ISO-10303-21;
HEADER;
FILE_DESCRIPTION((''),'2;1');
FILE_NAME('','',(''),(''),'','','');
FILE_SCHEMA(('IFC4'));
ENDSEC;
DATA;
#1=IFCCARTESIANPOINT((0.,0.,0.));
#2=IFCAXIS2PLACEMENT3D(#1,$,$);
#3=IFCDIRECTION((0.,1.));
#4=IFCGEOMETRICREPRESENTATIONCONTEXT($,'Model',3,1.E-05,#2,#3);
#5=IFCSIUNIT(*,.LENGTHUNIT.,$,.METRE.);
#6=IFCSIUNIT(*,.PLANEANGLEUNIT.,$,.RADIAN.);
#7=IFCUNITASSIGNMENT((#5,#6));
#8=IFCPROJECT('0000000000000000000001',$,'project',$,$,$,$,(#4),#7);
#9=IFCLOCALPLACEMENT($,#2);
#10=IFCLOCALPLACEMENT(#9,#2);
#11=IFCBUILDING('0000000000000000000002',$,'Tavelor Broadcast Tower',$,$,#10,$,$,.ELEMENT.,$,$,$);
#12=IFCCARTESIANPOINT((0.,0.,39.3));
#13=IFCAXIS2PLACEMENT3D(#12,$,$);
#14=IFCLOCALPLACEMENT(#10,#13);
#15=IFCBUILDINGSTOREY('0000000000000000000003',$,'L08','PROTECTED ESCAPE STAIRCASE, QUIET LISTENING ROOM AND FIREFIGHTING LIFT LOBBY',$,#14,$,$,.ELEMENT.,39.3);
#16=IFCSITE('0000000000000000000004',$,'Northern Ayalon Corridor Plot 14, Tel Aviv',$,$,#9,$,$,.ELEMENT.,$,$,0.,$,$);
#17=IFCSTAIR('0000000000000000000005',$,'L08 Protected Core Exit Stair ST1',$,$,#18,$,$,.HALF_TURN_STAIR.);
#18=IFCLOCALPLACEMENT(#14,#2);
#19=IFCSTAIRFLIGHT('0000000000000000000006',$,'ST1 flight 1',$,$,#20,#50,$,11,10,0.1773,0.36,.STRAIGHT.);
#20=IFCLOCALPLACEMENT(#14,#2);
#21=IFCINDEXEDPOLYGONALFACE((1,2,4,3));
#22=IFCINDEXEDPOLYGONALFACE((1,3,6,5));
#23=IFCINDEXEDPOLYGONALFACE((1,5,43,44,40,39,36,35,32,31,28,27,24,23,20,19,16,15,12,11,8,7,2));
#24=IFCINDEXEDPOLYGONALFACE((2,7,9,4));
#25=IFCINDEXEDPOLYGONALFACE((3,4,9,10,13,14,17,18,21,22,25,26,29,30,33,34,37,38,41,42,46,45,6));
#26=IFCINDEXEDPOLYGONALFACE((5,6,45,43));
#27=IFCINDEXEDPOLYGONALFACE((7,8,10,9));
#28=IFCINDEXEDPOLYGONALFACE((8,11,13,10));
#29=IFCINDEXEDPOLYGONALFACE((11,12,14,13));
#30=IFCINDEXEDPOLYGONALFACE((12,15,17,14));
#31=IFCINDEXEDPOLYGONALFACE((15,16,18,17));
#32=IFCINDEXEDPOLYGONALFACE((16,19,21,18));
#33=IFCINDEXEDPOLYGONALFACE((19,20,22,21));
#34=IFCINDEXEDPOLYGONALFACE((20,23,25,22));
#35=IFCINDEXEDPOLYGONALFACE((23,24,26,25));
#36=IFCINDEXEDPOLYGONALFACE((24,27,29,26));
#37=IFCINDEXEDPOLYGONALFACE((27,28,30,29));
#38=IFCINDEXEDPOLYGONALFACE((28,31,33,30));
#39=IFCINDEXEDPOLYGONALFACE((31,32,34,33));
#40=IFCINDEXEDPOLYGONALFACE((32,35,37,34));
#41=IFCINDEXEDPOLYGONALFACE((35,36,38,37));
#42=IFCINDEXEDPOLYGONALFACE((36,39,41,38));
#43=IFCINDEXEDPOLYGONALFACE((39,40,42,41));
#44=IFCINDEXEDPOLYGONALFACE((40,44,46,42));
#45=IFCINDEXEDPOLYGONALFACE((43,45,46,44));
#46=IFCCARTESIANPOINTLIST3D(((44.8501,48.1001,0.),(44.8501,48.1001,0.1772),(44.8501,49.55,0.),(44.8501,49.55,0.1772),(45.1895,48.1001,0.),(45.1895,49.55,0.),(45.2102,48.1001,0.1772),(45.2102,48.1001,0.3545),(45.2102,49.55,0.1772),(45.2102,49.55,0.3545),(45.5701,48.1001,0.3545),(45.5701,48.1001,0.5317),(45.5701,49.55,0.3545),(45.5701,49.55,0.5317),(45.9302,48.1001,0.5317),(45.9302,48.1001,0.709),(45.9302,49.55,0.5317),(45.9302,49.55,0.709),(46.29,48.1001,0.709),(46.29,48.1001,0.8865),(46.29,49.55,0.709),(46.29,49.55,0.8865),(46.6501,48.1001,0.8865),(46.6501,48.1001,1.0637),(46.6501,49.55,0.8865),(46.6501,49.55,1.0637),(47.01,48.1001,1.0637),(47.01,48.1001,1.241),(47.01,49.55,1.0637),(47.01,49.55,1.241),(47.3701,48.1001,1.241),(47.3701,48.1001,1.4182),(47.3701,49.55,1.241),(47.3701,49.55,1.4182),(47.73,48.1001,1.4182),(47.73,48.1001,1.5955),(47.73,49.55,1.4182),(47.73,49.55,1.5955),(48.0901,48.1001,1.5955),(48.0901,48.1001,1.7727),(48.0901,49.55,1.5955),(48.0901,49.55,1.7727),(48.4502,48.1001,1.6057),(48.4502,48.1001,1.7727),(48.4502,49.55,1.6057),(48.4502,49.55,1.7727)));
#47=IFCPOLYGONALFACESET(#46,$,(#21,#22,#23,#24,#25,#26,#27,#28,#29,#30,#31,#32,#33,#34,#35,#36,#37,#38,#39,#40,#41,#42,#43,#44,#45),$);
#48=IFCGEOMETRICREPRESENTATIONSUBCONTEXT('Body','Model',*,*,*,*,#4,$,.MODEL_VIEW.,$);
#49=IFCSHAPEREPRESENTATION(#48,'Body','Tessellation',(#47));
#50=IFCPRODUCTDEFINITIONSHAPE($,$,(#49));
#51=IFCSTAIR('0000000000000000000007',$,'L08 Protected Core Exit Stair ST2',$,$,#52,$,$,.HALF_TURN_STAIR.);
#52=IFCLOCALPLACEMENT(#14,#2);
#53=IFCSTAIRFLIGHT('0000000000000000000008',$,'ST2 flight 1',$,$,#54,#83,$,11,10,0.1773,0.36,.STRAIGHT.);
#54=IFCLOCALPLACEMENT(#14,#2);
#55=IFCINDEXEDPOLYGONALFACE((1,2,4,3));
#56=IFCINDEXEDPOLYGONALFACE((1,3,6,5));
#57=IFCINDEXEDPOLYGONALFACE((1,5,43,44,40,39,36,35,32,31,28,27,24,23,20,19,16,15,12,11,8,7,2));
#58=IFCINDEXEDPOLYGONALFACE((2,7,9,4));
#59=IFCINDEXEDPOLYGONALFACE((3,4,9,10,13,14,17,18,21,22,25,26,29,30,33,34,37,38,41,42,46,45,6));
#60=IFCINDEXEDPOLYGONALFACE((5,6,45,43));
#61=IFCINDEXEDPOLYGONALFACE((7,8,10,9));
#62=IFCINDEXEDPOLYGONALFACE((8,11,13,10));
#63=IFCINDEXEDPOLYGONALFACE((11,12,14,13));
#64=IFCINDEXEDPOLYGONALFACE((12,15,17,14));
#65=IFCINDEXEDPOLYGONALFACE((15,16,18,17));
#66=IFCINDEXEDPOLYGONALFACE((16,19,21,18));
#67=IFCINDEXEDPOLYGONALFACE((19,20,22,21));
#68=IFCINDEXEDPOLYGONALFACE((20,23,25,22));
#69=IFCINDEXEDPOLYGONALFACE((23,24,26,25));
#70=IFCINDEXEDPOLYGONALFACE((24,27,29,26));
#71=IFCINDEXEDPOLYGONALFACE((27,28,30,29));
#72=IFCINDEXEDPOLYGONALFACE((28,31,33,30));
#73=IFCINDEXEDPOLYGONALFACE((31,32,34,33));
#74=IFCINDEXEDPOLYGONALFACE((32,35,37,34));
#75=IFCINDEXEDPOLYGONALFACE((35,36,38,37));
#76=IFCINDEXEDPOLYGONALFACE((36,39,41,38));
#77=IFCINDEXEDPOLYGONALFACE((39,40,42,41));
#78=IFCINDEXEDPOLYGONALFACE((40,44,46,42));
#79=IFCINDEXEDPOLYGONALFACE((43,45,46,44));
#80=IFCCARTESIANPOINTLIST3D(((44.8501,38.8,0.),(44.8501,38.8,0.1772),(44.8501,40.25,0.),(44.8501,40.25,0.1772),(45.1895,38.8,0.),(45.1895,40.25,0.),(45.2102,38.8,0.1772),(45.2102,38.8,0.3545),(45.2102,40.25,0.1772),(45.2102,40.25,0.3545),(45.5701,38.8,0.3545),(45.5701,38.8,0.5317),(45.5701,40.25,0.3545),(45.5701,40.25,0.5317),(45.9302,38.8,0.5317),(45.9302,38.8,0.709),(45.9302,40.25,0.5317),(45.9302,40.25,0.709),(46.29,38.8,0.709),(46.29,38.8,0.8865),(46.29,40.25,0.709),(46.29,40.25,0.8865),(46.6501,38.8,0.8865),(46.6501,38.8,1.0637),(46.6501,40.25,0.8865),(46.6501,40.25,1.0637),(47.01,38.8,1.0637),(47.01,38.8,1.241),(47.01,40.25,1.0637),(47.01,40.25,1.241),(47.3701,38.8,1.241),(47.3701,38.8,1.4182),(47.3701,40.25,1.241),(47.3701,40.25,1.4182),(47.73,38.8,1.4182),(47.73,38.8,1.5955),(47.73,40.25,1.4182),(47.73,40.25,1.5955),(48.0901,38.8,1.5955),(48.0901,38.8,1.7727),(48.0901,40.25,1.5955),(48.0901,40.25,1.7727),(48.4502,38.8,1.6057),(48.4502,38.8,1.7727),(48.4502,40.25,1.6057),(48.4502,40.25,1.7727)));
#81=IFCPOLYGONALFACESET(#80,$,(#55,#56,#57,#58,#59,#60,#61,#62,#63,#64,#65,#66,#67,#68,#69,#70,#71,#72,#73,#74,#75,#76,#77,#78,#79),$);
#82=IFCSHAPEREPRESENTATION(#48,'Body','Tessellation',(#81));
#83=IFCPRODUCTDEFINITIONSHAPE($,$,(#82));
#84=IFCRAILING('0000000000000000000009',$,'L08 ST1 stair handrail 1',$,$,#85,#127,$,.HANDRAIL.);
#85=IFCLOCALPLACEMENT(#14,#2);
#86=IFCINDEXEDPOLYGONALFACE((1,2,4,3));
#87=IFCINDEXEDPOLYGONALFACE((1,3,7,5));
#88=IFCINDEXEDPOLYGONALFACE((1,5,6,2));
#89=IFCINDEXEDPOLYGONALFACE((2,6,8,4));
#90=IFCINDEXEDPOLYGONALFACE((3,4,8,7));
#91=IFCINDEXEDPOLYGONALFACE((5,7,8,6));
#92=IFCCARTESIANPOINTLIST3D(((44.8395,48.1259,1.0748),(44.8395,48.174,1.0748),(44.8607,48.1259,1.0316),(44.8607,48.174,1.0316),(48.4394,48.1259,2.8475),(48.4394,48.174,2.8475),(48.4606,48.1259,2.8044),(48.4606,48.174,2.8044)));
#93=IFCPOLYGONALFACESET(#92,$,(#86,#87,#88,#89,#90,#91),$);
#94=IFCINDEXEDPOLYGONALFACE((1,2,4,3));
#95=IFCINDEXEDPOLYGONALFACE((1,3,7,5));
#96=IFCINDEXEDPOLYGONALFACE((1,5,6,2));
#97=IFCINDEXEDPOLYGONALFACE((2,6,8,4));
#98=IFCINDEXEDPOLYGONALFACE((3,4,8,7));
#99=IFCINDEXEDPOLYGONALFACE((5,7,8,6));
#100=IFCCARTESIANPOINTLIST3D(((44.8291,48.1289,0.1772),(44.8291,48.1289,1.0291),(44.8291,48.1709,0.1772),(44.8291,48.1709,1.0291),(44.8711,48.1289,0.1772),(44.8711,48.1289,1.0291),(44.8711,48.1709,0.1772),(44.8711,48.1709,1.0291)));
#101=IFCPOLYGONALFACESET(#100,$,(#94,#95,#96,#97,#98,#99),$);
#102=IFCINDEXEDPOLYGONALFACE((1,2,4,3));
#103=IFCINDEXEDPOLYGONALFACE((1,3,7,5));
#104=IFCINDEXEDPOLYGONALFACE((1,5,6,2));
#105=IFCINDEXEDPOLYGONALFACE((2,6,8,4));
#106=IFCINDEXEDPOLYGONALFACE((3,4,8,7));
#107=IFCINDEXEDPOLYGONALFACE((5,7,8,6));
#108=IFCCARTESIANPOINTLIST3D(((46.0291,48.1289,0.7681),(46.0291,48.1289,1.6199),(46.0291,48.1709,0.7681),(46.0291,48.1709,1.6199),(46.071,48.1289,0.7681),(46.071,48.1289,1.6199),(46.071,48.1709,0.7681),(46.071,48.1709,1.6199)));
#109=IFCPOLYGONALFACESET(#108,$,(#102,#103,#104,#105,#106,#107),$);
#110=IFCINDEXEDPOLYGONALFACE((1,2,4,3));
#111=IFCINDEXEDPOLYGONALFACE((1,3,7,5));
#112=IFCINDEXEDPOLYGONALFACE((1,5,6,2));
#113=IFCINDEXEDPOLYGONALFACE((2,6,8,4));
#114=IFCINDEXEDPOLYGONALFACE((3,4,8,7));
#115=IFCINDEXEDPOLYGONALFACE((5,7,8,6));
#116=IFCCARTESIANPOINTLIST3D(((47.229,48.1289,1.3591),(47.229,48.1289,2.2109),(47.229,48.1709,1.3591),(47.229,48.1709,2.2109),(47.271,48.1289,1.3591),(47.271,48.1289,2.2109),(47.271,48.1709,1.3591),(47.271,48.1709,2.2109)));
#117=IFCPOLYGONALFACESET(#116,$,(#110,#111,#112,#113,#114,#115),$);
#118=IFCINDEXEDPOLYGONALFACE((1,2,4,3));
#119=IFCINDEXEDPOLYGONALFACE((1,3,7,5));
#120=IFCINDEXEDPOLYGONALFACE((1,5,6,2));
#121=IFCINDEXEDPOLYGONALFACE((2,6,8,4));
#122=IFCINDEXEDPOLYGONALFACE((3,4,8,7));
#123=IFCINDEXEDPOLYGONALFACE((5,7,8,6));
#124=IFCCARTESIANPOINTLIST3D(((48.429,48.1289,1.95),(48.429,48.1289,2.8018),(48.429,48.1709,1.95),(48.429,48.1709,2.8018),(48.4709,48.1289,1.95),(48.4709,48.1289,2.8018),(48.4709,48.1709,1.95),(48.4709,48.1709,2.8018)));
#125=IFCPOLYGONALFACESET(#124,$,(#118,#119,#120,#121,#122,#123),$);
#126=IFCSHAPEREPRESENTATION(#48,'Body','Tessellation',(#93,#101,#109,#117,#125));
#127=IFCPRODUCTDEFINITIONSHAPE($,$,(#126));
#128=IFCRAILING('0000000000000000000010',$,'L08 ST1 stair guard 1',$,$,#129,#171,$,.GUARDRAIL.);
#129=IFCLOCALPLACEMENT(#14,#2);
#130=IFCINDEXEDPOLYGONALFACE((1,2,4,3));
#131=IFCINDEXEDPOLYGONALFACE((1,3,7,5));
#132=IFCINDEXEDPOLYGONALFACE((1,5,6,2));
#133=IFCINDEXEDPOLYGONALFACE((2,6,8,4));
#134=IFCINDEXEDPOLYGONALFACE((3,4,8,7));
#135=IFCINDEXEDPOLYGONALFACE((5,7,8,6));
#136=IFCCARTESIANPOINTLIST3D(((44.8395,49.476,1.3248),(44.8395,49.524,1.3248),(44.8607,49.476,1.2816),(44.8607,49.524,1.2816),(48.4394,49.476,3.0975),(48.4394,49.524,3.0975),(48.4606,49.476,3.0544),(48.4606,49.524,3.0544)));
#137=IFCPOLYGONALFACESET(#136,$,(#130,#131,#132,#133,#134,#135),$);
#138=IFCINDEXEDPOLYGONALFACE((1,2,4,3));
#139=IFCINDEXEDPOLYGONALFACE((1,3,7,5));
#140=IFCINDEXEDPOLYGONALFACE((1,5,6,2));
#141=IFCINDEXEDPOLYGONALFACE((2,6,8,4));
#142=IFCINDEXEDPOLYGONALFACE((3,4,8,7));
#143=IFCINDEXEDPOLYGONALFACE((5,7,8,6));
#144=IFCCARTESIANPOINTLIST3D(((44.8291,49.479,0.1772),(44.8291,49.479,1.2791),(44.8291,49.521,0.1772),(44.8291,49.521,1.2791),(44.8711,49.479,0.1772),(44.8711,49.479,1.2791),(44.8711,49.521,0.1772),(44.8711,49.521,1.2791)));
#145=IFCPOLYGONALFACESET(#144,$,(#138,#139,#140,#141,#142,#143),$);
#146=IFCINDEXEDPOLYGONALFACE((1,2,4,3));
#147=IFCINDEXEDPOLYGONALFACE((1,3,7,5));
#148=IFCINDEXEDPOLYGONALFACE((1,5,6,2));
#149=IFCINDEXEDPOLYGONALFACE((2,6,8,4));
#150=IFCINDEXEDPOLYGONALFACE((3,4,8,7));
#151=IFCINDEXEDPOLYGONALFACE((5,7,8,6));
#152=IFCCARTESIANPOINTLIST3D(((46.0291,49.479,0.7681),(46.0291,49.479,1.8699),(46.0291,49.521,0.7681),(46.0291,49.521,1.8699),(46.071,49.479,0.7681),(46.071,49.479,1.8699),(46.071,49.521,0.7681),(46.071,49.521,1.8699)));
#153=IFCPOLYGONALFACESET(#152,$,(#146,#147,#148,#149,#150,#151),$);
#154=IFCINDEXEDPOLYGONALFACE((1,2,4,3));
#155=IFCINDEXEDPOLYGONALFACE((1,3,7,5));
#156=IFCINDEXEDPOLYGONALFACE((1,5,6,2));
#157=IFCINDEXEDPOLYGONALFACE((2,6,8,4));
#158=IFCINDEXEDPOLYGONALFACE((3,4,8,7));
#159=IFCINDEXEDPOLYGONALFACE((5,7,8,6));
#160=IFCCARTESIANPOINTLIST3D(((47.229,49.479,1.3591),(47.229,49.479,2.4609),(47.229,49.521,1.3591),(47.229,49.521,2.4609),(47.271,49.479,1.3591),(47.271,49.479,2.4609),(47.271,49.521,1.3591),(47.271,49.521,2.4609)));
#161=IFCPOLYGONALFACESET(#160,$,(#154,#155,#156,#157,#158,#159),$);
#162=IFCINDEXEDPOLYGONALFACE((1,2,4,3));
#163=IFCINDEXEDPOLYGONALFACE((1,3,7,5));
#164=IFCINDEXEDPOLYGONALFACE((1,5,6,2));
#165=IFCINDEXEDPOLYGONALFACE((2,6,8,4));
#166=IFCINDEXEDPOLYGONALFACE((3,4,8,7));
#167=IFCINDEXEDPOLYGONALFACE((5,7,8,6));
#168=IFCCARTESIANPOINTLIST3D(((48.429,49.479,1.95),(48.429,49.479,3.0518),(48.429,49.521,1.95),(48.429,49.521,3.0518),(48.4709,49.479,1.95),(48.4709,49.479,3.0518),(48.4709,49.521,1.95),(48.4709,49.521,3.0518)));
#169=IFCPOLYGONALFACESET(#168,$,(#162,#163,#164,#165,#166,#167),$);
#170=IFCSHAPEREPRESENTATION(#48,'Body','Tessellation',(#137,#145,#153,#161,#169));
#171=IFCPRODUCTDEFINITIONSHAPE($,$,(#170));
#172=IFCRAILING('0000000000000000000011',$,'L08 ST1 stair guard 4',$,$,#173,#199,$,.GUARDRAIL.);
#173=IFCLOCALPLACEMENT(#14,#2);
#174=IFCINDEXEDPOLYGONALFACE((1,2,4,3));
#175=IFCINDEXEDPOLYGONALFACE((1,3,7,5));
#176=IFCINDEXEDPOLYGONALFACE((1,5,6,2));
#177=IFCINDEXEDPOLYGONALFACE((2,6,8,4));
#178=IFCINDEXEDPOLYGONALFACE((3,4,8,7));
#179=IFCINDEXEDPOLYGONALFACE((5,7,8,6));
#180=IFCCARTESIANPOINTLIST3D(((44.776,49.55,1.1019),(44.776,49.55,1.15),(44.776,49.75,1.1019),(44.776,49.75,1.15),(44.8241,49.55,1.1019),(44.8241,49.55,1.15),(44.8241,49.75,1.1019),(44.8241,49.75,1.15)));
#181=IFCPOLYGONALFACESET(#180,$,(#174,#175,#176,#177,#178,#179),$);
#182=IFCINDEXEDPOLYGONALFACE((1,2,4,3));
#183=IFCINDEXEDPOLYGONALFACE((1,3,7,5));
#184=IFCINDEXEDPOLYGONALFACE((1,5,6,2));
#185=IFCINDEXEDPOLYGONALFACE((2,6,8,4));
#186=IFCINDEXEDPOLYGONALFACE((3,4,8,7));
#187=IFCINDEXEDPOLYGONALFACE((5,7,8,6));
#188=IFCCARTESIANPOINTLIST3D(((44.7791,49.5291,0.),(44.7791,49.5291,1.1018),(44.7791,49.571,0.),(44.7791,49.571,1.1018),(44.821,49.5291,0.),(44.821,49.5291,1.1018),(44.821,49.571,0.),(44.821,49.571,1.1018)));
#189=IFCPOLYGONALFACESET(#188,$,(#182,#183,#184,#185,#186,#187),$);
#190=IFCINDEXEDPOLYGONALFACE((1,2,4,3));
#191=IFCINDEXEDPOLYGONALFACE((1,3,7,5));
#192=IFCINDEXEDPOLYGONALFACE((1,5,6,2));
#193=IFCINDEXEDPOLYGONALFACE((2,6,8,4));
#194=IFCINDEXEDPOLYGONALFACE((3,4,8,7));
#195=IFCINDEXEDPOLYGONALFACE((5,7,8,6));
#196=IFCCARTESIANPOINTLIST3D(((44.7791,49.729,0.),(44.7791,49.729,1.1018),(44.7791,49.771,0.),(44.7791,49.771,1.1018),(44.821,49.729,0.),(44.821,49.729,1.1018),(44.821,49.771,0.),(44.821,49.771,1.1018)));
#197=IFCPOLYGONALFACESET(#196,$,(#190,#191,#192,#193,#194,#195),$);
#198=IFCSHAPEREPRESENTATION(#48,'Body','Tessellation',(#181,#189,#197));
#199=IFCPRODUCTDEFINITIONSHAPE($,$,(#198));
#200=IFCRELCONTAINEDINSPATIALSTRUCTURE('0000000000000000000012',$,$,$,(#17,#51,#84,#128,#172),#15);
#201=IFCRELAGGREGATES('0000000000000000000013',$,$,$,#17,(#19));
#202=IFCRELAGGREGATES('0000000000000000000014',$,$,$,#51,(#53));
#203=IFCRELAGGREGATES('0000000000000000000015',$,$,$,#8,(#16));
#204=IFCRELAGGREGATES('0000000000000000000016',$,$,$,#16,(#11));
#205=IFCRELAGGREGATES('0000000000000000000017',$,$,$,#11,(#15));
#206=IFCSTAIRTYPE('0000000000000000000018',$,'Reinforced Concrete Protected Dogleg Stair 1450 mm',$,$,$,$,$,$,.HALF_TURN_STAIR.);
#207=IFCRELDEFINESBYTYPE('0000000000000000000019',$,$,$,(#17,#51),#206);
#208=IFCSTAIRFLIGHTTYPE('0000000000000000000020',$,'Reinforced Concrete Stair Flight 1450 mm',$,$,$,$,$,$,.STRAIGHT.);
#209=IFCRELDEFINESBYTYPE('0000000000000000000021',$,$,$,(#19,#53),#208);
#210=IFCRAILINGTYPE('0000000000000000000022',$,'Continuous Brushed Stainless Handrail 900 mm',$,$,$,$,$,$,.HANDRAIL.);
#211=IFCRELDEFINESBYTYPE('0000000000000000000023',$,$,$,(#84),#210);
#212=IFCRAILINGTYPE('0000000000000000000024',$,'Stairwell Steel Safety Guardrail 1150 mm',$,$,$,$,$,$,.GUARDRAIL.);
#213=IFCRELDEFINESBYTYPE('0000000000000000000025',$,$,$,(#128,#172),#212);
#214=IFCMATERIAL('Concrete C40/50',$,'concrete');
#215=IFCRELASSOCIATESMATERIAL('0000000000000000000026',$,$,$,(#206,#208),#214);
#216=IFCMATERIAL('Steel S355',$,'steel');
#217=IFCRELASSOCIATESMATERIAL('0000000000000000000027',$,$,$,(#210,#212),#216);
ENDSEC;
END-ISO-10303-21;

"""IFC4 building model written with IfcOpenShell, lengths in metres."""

from ifc_helpers import new_model, si_unit, direction, frame, origin, origin_2d, place, context, subcontext, project, spatial, polyline, rectangle, outline, extrude, material, type_object, element, aggregate, save


model = new_model("IFC4")

# Units and contexts
model_context = context("Model", 3, precision=1e-05, world=origin(), true_north=direction((0.0, 1.0)))
body_context = subcontext(model_context, "Body", "Model", "MODEL_VIEW")
ifc_project = project(units=[si_unit("LENGTHUNIT", "METRE"), si_unit("PLANEANGLEUNIT", "RADIAN")], contexts=[model_context])

# Site, building, storey
site_placement = place(None, origin())
site = spatial("IfcSite", under=ifc_project, at=site_placement, Name="Northern Ayalon Corridor Plot 14, Tel Aviv", CompositionType="ELEMENT", RefElevation=0.0)
building_placement = place(site_placement, origin())
building = spatial("IfcBuilding", under=site, at=building_placement, Name="Tavelor Broadcast Tower", CompositionType="ELEMENT")
storey_placement = place(building_placement, frame((0.0, 0.0, 39.3)))
storey = spatial("IfcBuildingStorey", under=building, at=storey_placement, Name="L08", Description="PROTECTED ESCAPE STAIRCASE, QUIET LISTENING ROOM AND FIREFIGHTING LIFT LOBBY", CompositionType="ELEMENT", Elevation=39.3)

# Shared definitions
ifc_material_1 = material(Name="Concrete C40/50", Category="concrete")
ifc_material_2 = material(Name="Steel S355", Category="steel")

# Stairs, stair flights
stair_type = type_object("IfcStairType", Name="Reinforced Concrete Protected Dogleg Stair 1450 mm", PredefinedType="HALF_TURN_STAIR", material=ifc_material_1)
stair_1_placement = place(storey_placement, origin())
stair_1 = element("IfcStair", 1, at=stair_1_placement, inside=storey, type_object=stair_type, Name="L08 Protected Core Exit Stair ST1", PredefinedType="HALF_TURN_STAIR")
stair_flight_type = type_object("IfcStairFlightType", Name="Reinforced Concrete Stair Flight 1450 mm", PredefinedType="STRAIGHT", material=ifc_material_1)
stair_flight_1_placement = place(storey_placement, frame((44.8501, 48.825, 0.0), z_axis=(0.0, 0.0, 1.0), x_axis=(1.0, 0.0, 0.0)))
stair_flight_1 = element("IfcStairFlight", 2, at=stair_flight_1_placement, type_object=stair_flight_type, Name="ST1 flight 1", NumberOfRisers=11, NumberOfTreads=10, PredefinedType="STRAIGHT", RiserHeight=0.1773, TreadLength=0.36, context=body_context, shape_type="SweptSolid", body=[
    extrude(outline(polyline([(0.0, 0.0), (0.0, 0.1772), (0.3601, 0.1772), (0.3601, 0.3545), (0.72, 0.3545), (0.72, 0.5317), (1.0801, 0.5317), (1.0801, 0.709), (1.4399, 0.709), (1.4399, 0.8865), (1.8, 0.8865), (1.8, 1.0637), (2.1599, 1.0637), (2.1599, 1.241), (2.52, 1.241), (2.52, 1.4182), (2.8799, 1.4182), (2.8799, 1.5955), (3.24, 1.5955), (3.24, 1.7727), (3.6001, 1.7727), (3.6001, 1.95), (3.6001, 1.6057), (0.3394, 0.0), (0.0, 0.0)])), frame((0.0, 0.7251, 0.0), z_axis=(0.0, -1.0, 0.0), x_axis=(1.0, 0.0, 0.0)), (0.0, 0.0, 1.0), 1.45),
])
aggregate(stair_1, [stair_flight_1])
stair_2_placement = place(storey_placement, origin())
stair_2 = element("IfcStair", 3, at=stair_2_placement, inside=storey, type_object=stair_type, Name="L08 Protected Core Exit Stair ST2", PredefinedType="HALF_TURN_STAIR")
stair_flight_2_placement = place(storey_placement, frame((44.8501, 39.5249, 0.0), z_axis=(0.0, 0.0, 1.0), x_axis=(1.0, 0.0, 0.0)))
stair_flight_2 = element("IfcStairFlight", 4, at=stair_flight_2_placement, type_object=stair_flight_type, Name="ST2 flight 1", NumberOfRisers=11, NumberOfTreads=10, PredefinedType="STRAIGHT", RiserHeight=0.1773, TreadLength=0.36, context=body_context, shape_type="SweptSolid", body=[
    extrude(outline(polyline([(0.0, 0.0), (0.0, 0.1772), (0.3601, 0.1772), (0.3601, 0.3545), (0.72, 0.3545), (0.72, 0.5317), (1.0801, 0.5317), (1.0801, 0.709), (1.4399, 0.709), (1.4399, 0.8865), (1.8, 0.8865), (1.8, 1.0637), (2.1599, 1.0637), (2.1599, 1.241), (2.52, 1.241), (2.52, 1.4182), (2.8799, 1.4182), (2.8799, 1.5955), (3.24, 1.5955), (3.24, 1.7727), (3.6001, 1.7727), (3.6001, 1.95), (3.6001, 1.6057), (0.3394, 0.0), (0.0, 0.0)])), frame((0.0, 0.7251, 0.0), z_axis=(0.0, -1.0, 0.0), x_axis=(1.0, 0.0, 0.0)), (0.0, 0.0, 1.0), 1.45),
])
aggregate(stair_2, [stair_flight_2])

# Railings
railing_type_1 = type_object("IfcRailingType", Name="Continuous Brushed Stainless Handrail 900 mm", PredefinedType="HANDRAIL", material=ifc_material_2)
railing_1_placement = place(storey_placement, frame((44.8501, 48.1499, 0.1772)))
element("IfcRailing", 5, at=railing_1_placement, inside=storey, type_object=railing_type_1, Name="L08 ST1 stair handrail 1", PredefinedType="HANDRAIL", context=body_context, shape_type="SweptSolid", body=[
    extrude(rectangle(XDim=0.0481, YDim=0.0481, at=origin_2d()), frame((0.0, 0.0, 0.876), z_axis=(0.897124, 0.0, 0.441778), x_axis=(0.0, 1.0, 0.0)), (0.0, 0.0, 1.0), 4.0127),
    extrude(rectangle(XDim=0.042, YDim=0.042, at=origin_2d()), origin(), (0.0, 0.0, 1.0), 0.8518),
    extrude(rectangle(XDim=0.042, YDim=0.042, at=origin_2d()), frame((1.2, 0.0, 0.5908)), (0.0, 0.0, 1.0), 0.8518),
    extrude(rectangle(XDim=0.042, YDim=0.042, at=origin_2d()), frame((2.3999, 0.0, 1.1819)), (0.0, 0.0, 1.0), 0.8518),
    extrude(rectangle(XDim=0.042, YDim=0.042, at=origin_2d()), frame((3.5999, 0.0, 1.7727)), (0.0, 0.0, 1.0), 0.8518),
])
railing_type_2 = type_object("IfcRailingType", Name="Stairwell Steel Safety Guardrail 1150 mm", PredefinedType="GUARDRAIL", material=ifc_material_2)
railing_2_placement = place(storey_placement, frame((44.8501, 49.5, 0.1772)))
element("IfcRailing", 6, at=railing_2_placement, inside=storey, type_object=railing_type_2, Name="L08 ST1 stair guard 1", PredefinedType="GUARDRAIL", context=body_context, shape_type="SweptSolid", body=[
    extrude(rectangle(XDim=0.0481, YDim=0.0481, at=origin_2d()), frame((0.0, 0.0, 1.126), z_axis=(0.897124, 0.0, 0.441778), x_axis=(0.0, 1.0, 0.0)), (0.0, 0.0, 1.0), 4.0127),
    extrude(rectangle(XDim=0.042, YDim=0.042, at=origin_2d()), origin(), (0.0, 0.0, 1.0), 1.1018),
    extrude(rectangle(XDim=0.042, YDim=0.042, at=origin_2d()), frame((1.2, 0.0, 0.5908)), (0.0, 0.0, 1.0), 1.1018),
    extrude(rectangle(XDim=0.042, YDim=0.042, at=origin_2d()), frame((2.3999, 0.0, 1.1819)), (0.0, 0.0, 1.0), 1.1018),
    extrude(rectangle(XDim=0.042, YDim=0.042, at=origin_2d()), frame((3.5999, 0.0, 1.7727)), (0.0, 0.0, 1.0), 1.1018),
])
railing_3_placement = place(storey_placement, frame((44.8, 49.55, 0.0)))
element("IfcRailing", 7, at=railing_3_placement, inside=storey, type_object=railing_type_2, Name="L08 ST1 stair guard 4", PredefinedType="GUARDRAIL", context=body_context, shape_type="SweptSolid", body=[
    extrude(rectangle(XDim=0.0481, YDim=0.0481, at=origin_2d()), frame((0.0, 0.0, 1.126), z_axis=(0.0, 1.0, 0.0), x_axis=(-1.0, 0.0, 0.0)), (0.0, 0.0, 1.0), 0.2),
    extrude(rectangle(XDim=0.042, YDim=0.042, at=origin_2d()), origin(), (0.0, 0.0, 1.0), 1.1018),
    extrude(rectangle(XDim=0.042, YDim=0.042, at=origin_2d()), frame((0.0, 0.2, 0.0)), (0.0, 0.0, 1.0), 1.1018),
])

save(model, "model.ifc")
